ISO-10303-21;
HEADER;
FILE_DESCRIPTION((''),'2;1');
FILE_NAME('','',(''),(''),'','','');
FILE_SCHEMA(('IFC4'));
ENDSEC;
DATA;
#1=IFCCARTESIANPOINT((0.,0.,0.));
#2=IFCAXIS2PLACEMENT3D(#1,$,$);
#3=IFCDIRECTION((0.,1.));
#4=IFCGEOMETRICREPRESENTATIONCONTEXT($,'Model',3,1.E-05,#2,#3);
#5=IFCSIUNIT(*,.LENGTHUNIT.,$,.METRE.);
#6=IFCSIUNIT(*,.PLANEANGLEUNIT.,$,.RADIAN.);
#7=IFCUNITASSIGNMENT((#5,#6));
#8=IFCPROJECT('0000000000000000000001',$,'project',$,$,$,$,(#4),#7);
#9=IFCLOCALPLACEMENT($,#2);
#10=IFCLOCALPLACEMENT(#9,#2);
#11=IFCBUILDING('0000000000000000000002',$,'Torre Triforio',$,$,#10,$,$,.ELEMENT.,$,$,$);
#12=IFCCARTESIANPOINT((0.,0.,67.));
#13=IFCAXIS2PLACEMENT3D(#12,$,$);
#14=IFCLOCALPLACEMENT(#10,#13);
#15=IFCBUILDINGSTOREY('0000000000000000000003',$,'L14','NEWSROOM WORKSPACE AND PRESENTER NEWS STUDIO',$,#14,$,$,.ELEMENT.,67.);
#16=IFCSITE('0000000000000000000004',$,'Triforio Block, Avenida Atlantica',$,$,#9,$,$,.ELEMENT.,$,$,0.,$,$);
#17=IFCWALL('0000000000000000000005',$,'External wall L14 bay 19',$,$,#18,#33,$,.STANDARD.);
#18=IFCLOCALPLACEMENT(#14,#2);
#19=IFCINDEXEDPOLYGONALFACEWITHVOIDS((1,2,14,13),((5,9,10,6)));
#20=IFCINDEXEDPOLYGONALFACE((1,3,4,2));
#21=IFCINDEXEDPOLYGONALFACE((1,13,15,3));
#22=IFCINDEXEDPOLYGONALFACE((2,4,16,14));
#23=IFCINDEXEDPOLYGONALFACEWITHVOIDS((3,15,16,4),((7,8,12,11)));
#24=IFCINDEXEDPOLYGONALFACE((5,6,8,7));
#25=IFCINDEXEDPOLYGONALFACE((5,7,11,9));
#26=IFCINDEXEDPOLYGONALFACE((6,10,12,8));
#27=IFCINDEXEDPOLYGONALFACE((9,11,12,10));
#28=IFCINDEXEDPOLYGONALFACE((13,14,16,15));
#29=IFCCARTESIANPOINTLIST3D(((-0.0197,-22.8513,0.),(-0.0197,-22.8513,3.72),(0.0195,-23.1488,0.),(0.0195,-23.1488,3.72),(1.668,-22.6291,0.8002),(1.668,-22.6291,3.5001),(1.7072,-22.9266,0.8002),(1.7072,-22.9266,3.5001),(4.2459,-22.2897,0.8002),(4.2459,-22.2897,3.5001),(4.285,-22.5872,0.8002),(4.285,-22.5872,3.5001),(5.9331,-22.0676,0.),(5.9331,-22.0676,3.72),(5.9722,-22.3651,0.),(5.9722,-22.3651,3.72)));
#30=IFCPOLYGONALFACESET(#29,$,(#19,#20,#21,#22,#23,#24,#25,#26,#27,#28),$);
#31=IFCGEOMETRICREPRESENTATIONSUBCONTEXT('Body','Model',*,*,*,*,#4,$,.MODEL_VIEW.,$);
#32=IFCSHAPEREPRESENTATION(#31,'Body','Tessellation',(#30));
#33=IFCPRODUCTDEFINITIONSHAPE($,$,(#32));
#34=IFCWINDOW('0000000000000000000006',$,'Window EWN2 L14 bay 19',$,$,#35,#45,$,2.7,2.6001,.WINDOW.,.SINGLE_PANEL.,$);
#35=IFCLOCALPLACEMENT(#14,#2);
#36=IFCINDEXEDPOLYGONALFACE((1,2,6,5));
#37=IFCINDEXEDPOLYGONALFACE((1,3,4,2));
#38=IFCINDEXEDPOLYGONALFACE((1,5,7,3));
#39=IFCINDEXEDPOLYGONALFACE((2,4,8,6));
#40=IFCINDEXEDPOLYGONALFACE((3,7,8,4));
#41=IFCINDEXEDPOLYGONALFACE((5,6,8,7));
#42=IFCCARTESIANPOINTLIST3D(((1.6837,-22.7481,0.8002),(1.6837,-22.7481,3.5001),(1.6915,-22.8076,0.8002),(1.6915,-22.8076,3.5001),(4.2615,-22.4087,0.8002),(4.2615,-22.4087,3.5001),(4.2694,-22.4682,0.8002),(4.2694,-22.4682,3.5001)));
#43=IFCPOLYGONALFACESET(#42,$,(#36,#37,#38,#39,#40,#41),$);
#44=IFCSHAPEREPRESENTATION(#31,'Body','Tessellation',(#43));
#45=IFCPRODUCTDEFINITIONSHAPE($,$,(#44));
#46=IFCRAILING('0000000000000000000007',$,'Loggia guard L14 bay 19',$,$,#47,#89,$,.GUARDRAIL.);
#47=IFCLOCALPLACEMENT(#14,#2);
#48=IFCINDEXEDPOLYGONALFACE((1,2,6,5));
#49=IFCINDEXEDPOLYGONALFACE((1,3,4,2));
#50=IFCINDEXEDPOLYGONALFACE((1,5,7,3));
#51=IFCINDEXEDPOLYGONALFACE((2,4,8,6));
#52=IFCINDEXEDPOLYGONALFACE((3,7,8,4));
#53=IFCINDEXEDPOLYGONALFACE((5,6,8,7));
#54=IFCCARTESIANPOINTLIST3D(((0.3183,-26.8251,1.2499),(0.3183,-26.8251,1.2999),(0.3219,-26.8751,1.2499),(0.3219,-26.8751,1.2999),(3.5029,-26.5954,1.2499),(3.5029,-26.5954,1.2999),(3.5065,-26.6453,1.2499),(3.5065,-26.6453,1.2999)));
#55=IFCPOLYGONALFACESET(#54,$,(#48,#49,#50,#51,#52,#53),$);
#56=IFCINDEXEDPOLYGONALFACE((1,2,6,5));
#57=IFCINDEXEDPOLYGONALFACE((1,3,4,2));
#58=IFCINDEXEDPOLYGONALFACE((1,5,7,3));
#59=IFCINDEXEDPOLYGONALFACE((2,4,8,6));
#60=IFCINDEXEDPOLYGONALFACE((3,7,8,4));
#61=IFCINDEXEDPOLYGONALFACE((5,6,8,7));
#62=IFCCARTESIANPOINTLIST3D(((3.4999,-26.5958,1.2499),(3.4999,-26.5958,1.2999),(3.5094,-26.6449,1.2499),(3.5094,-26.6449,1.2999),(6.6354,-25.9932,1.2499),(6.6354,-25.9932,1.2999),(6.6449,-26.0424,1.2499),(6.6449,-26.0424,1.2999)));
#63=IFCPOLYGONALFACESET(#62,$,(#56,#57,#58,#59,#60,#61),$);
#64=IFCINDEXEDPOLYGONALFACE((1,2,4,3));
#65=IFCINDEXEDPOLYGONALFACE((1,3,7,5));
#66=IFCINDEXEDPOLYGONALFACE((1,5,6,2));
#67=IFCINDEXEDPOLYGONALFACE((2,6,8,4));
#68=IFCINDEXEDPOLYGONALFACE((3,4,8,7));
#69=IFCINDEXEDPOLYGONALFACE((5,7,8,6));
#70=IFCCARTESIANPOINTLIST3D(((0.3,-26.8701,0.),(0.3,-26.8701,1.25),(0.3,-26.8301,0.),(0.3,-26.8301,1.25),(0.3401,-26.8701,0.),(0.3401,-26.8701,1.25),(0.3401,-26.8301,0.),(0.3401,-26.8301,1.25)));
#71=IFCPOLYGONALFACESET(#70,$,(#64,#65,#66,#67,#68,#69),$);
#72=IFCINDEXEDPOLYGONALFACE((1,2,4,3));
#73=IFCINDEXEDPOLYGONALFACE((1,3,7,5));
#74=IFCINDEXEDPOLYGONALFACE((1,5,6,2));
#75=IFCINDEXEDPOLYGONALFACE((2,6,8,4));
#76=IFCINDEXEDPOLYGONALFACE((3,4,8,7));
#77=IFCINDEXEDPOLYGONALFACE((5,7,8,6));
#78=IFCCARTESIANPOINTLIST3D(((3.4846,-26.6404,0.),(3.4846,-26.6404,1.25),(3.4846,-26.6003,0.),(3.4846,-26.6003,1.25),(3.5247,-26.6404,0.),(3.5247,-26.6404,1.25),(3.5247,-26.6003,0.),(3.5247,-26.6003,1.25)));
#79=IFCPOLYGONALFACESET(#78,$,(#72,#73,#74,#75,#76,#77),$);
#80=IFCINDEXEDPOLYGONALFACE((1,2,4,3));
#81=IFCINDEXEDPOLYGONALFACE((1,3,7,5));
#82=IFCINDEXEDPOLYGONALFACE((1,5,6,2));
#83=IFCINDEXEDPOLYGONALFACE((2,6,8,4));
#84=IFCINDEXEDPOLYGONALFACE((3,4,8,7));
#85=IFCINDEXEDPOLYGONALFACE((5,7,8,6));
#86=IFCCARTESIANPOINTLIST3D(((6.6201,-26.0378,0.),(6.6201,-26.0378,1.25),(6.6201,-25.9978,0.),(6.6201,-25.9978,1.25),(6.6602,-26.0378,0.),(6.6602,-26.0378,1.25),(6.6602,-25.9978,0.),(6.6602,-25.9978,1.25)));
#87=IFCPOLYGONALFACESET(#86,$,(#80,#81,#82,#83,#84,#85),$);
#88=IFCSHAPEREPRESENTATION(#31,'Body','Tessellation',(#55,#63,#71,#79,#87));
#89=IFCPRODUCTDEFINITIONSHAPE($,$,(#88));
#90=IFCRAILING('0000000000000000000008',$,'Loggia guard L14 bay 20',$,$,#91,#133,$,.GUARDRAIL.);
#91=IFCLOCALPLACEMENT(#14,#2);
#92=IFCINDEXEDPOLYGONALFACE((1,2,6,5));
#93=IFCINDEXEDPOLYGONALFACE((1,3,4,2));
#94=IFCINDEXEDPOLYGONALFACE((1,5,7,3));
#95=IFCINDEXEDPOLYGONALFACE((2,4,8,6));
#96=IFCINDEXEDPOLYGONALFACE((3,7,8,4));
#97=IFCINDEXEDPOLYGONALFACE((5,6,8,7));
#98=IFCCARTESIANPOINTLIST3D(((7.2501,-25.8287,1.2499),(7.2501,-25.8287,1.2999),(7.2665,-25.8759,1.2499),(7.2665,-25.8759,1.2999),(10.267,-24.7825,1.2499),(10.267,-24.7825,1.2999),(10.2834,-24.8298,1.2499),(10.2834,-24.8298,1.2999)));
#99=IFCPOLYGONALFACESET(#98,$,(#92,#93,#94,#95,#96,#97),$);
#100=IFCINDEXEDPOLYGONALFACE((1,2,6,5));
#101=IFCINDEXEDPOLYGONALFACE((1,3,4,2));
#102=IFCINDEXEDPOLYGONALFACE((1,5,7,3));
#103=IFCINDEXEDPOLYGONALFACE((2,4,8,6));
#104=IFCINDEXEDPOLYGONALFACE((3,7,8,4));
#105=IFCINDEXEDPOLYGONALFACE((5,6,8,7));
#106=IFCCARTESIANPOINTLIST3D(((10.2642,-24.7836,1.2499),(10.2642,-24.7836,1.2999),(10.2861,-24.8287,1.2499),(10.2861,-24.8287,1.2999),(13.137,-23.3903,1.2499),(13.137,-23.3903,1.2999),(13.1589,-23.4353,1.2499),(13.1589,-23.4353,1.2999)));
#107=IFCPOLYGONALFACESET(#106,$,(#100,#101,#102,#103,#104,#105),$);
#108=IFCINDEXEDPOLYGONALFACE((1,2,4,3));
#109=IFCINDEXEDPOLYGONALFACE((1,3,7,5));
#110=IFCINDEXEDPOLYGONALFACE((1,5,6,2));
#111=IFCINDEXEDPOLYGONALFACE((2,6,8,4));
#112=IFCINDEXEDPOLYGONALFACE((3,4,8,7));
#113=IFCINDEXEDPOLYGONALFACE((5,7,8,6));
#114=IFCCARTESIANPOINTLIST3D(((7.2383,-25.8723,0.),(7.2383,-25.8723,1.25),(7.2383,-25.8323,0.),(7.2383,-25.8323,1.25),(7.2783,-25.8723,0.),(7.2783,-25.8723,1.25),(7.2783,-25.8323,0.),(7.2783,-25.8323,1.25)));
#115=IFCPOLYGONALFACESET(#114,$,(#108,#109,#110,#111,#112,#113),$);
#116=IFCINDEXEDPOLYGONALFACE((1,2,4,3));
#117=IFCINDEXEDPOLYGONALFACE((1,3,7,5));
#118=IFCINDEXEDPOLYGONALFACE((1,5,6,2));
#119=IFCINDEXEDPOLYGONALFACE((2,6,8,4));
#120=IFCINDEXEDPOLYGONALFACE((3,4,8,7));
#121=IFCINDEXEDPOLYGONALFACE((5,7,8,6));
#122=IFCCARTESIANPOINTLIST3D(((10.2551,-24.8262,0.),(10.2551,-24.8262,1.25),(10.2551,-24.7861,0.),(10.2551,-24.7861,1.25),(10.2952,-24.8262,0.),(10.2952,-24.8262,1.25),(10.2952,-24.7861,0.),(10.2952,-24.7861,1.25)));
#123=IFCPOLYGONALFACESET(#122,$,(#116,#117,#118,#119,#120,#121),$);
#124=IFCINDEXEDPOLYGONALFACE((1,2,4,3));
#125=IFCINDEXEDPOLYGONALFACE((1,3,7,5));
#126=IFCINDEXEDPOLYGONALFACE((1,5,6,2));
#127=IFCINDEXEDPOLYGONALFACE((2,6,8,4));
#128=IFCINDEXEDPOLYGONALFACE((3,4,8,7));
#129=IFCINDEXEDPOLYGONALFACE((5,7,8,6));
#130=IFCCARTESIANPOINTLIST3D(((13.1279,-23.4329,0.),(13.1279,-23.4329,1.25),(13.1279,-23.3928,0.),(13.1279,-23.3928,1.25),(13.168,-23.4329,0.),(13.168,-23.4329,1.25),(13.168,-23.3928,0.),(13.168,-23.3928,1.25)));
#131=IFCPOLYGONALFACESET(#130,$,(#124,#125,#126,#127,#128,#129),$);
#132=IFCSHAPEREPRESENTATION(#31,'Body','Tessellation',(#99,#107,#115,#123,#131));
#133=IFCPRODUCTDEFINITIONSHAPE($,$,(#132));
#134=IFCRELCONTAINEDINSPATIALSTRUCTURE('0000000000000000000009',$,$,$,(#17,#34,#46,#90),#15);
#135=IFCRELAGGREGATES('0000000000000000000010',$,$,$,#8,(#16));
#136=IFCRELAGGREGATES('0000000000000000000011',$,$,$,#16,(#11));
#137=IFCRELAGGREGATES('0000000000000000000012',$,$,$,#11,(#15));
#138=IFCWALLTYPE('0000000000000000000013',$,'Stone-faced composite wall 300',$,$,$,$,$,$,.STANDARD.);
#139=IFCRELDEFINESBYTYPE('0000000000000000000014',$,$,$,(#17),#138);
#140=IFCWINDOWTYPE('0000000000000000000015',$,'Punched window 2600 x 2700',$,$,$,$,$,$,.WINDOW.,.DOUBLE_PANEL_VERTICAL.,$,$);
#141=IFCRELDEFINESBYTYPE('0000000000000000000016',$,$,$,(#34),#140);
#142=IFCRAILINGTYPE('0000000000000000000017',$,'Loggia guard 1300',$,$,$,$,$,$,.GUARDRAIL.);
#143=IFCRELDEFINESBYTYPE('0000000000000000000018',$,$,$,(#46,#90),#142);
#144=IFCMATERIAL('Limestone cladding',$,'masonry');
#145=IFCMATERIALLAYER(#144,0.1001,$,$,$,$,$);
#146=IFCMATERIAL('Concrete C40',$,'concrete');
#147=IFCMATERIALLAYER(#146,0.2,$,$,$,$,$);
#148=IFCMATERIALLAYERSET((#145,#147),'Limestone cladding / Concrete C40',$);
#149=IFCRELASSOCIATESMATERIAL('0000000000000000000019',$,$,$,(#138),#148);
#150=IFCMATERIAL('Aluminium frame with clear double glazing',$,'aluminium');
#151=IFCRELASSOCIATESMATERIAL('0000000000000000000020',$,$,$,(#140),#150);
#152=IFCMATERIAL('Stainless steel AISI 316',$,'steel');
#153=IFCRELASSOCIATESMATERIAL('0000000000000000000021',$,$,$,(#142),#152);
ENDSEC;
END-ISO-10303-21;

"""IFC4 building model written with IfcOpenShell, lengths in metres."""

from ifc_helpers import new_model, si_unit, direction, frame, frame_2d, origin, origin_2d, place, context, subcontext, project, spatial, rectangle, extrude, material, layer, layer_set, type_object, element, fill, save


model = new_model("IFC4")

# Units and contexts
model_context = context("Model", 3, precision=1e-05, world=origin(), true_north=direction((0.0, 1.0)))
body_context = subcontext(model_context, "Body", "Model", "MODEL_VIEW")
ifc_project = project(units=[si_unit("LENGTHUNIT", "METRE"), si_unit("PLANEANGLEUNIT", "RADIAN")], contexts=[model_context])

# Site, building, storey
site_placement = place(None, origin())
site = spatial("IfcSite", under=ifc_project, at=site_placement, Name="Triforio Block, Avenida Atlantica", CompositionType="ELEMENT", RefElevation=0.0)
building_placement = place(site_placement, origin())
building = spatial("IfcBuilding", under=site, at=building_placement, Name="Torre Triforio", CompositionType="ELEMENT")
storey_placement = place(building_placement, frame((0.0, 0.0, 67.0)))
storey = spatial("IfcBuildingStorey", under=building, at=storey_placement, Name="L14", Description="NEWSROOM WORKSPACE AND PRESENTER NEWS STUDIO", CompositionType="ELEMENT", Elevation=67.0)

# Wall, opening, window
ifc_material_1 = material(Name="Limestone cladding", Category="masonry")
ifc_layer_1 = layer(ifc_material_1, 0.1001)
ifc_material_2 = material(Name="Concrete C40", Category="concrete")
ifc_layer_2 = layer(ifc_material_2, 0.2)
ifc_layer_set_1 = layer_set([ifc_layer_1, ifc_layer_2], Name="Limestone cladding / Concrete C40")
wall_type_1 = type_object("IfcWallType", Name="Stone-faced composite wall 300", PredefinedType="STANDARD", material=ifc_layer_set_1)
wall_1_placement = place(storey_placement, frame((0.0, -23.0, 0.0), z_axis=(0.0, 0.0, 1.0), x_axis=(0.991445, 0.130523, 0.0)))
wall_1 = element("IfcWall", 1, at=wall_1_placement, inside=storey, type_object=wall_type_1, Name="External wall L14 bay 19", PredefinedType="STANDARD", context=body_context, shape_type="SweptSolid", body=[
    extrude(rectangle(XDim=6.0042, YDim=0.3, at=frame_2d((3.002, 0.0))), origin(), (0.0, 0.0, 1.0), 3.72),
])
opening_1_placement = place(wall_1_placement, frame((1.7021, 0.0, 0.8)))
opening_1 = element("IfcOpeningElement", 2, at=opening_1_placement, cuts=wall_1, PredefinedType="OPENING", context=body_context, shape_type="SweptSolid", body=[
    extrude(rectangle(XDim=2.6001, YDim=2.7, at=frame_2d((1.3, 1.3501))), frame((0.0, 0.1599, 0.0), z_axis=(0.0, -1.0, 0.0), x_axis=(1.0, 0.0, 0.0)), (0.0, 0.0, 1.0), 0.3201),
])
ifc_material_3 = material(Name="Aluminium frame with clear double glazing", Category="aluminium")
window_type_1 = type_object("IfcWindowType", Name="Punched window 2600 x 2700", PartitioningType="DOUBLE_PANEL_VERTICAL", PredefinedType="WINDOW", material=ifc_material_3)
window_1_placement = place(opening_1_placement, origin())
window_1 = element("IfcWindow", 3, at=window_1_placement, inside=storey, type_object=window_type_1, Name="Window EWN2 L14 bay 19", OverallHeight=2.7, OverallWidth=2.6001, PartitioningType="SINGLE_PANEL", PredefinedType="WINDOW", context=body_context, shape_type="SweptSolid", body=[
    extrude(rectangle(XDim=2.6001, YDim=2.7, at=frame_2d((1.3, 1.3501))), frame((0.0, 0.03, 0.0), z_axis=(0.0, -1.0, 0.0), x_axis=(1.0, 0.0, 0.0)), (0.0, 0.0, 1.0), 0.0601),
])
fill(opening_1, window_1)

# Railings
ifc_material_4 = material(Name="Stainless steel AISI 316", Category="steel")
railing_type = type_object("IfcRailingType", Name="Loggia guard 1300", PredefinedType="GUARDRAIL", material=ifc_material_4)
railing_1_placement = place(storey_placement, frame((0.3201, -26.8501, 0.0)))
element("IfcRailing", 4, at=railing_1_placement, inside=storey, type_object=railing_type, Name="Loggia guard L14 bay 19", PredefinedType="GUARDRAIL", context=body_context, shape_type="SweptSolid", body=[
    extrude(rectangle(XDim=0.05, YDim=0.05, at=origin_2d()), frame((0.0, 0.0, 1.2749), z_axis=(0.997408, 0.071953, 0.0), x_axis=(-0.071953, 0.997408, 0.0)), (0.0, 0.0, 1.0), 3.1929),
    extrude(rectangle(XDim=0.05, YDim=0.05, at=origin_2d()), frame((3.1846, 0.2297, 1.2749), z_axis=(0.982032, 0.188714, 0.0), x_axis=(-0.188714, 0.982032, 0.0)), (0.0, 0.0, 1.0), 3.1929),
    extrude(rectangle(XDim=0.04, YDim=0.04, at=origin_2d()), origin(), (0.0, 0.0, 1.0), 1.25),
    extrude(rectangle(XDim=0.04, YDim=0.04, at=origin_2d()), frame((3.1846, 0.2297, 0.0)), (0.0, 0.0, 1.0), 1.25),
    extrude(rectangle(XDim=0.04, YDim=0.04, at=origin_2d()), frame((6.3201, 0.8323, 0.0)), (0.0, 0.0, 1.0), 1.25),
])
railing_2_placement = place(storey_placement, frame((7.2583, -25.8523, 0.0)))
element("IfcRailing", 5, at=railing_2_placement, inside=storey, type_object=railing_type, Name="Loggia guard L14 bay 20", PredefinedType="GUARDRAIL", context=body_context, shape_type="SweptSolid", body=[
    extrude(rectangle(XDim=0.05, YDim=0.05, at=origin_2d()), frame((0.0, 0.0, 1.2749), z_axis=(0.944807, 0.327628, 0.0), x_axis=(-0.327628, 0.944807, 0.0)), (0.0, 0.0, 1.0), 3.1931),
    extrude(rectangle(XDim=0.05, YDim=0.05, at=origin_2d()), frame((3.0168, 1.0461, 1.2749), z_axis=(0.89976, 0.436384, 0.0), x_axis=(-0.436384, 0.89976, 0.0)), (0.0, 0.0, 1.0), 3.1929),
    extrude(rectangle(XDim=0.04, YDim=0.04, at=origin_2d()), origin(), (0.0, 0.0, 1.0), 1.25),
    extrude(rectangle(XDim=0.04, YDim=0.04, at=origin_2d()), frame((3.0168, 1.0461, 0.0)), (0.0, 0.0, 1.0), 1.25),
    extrude(rectangle(XDim=0.04, YDim=0.04, at=origin_2d()), frame((5.8896, 2.4395, 0.0)), (0.0, 0.0, 1.0), 1.25),
])

save(model, "model.ifc")
